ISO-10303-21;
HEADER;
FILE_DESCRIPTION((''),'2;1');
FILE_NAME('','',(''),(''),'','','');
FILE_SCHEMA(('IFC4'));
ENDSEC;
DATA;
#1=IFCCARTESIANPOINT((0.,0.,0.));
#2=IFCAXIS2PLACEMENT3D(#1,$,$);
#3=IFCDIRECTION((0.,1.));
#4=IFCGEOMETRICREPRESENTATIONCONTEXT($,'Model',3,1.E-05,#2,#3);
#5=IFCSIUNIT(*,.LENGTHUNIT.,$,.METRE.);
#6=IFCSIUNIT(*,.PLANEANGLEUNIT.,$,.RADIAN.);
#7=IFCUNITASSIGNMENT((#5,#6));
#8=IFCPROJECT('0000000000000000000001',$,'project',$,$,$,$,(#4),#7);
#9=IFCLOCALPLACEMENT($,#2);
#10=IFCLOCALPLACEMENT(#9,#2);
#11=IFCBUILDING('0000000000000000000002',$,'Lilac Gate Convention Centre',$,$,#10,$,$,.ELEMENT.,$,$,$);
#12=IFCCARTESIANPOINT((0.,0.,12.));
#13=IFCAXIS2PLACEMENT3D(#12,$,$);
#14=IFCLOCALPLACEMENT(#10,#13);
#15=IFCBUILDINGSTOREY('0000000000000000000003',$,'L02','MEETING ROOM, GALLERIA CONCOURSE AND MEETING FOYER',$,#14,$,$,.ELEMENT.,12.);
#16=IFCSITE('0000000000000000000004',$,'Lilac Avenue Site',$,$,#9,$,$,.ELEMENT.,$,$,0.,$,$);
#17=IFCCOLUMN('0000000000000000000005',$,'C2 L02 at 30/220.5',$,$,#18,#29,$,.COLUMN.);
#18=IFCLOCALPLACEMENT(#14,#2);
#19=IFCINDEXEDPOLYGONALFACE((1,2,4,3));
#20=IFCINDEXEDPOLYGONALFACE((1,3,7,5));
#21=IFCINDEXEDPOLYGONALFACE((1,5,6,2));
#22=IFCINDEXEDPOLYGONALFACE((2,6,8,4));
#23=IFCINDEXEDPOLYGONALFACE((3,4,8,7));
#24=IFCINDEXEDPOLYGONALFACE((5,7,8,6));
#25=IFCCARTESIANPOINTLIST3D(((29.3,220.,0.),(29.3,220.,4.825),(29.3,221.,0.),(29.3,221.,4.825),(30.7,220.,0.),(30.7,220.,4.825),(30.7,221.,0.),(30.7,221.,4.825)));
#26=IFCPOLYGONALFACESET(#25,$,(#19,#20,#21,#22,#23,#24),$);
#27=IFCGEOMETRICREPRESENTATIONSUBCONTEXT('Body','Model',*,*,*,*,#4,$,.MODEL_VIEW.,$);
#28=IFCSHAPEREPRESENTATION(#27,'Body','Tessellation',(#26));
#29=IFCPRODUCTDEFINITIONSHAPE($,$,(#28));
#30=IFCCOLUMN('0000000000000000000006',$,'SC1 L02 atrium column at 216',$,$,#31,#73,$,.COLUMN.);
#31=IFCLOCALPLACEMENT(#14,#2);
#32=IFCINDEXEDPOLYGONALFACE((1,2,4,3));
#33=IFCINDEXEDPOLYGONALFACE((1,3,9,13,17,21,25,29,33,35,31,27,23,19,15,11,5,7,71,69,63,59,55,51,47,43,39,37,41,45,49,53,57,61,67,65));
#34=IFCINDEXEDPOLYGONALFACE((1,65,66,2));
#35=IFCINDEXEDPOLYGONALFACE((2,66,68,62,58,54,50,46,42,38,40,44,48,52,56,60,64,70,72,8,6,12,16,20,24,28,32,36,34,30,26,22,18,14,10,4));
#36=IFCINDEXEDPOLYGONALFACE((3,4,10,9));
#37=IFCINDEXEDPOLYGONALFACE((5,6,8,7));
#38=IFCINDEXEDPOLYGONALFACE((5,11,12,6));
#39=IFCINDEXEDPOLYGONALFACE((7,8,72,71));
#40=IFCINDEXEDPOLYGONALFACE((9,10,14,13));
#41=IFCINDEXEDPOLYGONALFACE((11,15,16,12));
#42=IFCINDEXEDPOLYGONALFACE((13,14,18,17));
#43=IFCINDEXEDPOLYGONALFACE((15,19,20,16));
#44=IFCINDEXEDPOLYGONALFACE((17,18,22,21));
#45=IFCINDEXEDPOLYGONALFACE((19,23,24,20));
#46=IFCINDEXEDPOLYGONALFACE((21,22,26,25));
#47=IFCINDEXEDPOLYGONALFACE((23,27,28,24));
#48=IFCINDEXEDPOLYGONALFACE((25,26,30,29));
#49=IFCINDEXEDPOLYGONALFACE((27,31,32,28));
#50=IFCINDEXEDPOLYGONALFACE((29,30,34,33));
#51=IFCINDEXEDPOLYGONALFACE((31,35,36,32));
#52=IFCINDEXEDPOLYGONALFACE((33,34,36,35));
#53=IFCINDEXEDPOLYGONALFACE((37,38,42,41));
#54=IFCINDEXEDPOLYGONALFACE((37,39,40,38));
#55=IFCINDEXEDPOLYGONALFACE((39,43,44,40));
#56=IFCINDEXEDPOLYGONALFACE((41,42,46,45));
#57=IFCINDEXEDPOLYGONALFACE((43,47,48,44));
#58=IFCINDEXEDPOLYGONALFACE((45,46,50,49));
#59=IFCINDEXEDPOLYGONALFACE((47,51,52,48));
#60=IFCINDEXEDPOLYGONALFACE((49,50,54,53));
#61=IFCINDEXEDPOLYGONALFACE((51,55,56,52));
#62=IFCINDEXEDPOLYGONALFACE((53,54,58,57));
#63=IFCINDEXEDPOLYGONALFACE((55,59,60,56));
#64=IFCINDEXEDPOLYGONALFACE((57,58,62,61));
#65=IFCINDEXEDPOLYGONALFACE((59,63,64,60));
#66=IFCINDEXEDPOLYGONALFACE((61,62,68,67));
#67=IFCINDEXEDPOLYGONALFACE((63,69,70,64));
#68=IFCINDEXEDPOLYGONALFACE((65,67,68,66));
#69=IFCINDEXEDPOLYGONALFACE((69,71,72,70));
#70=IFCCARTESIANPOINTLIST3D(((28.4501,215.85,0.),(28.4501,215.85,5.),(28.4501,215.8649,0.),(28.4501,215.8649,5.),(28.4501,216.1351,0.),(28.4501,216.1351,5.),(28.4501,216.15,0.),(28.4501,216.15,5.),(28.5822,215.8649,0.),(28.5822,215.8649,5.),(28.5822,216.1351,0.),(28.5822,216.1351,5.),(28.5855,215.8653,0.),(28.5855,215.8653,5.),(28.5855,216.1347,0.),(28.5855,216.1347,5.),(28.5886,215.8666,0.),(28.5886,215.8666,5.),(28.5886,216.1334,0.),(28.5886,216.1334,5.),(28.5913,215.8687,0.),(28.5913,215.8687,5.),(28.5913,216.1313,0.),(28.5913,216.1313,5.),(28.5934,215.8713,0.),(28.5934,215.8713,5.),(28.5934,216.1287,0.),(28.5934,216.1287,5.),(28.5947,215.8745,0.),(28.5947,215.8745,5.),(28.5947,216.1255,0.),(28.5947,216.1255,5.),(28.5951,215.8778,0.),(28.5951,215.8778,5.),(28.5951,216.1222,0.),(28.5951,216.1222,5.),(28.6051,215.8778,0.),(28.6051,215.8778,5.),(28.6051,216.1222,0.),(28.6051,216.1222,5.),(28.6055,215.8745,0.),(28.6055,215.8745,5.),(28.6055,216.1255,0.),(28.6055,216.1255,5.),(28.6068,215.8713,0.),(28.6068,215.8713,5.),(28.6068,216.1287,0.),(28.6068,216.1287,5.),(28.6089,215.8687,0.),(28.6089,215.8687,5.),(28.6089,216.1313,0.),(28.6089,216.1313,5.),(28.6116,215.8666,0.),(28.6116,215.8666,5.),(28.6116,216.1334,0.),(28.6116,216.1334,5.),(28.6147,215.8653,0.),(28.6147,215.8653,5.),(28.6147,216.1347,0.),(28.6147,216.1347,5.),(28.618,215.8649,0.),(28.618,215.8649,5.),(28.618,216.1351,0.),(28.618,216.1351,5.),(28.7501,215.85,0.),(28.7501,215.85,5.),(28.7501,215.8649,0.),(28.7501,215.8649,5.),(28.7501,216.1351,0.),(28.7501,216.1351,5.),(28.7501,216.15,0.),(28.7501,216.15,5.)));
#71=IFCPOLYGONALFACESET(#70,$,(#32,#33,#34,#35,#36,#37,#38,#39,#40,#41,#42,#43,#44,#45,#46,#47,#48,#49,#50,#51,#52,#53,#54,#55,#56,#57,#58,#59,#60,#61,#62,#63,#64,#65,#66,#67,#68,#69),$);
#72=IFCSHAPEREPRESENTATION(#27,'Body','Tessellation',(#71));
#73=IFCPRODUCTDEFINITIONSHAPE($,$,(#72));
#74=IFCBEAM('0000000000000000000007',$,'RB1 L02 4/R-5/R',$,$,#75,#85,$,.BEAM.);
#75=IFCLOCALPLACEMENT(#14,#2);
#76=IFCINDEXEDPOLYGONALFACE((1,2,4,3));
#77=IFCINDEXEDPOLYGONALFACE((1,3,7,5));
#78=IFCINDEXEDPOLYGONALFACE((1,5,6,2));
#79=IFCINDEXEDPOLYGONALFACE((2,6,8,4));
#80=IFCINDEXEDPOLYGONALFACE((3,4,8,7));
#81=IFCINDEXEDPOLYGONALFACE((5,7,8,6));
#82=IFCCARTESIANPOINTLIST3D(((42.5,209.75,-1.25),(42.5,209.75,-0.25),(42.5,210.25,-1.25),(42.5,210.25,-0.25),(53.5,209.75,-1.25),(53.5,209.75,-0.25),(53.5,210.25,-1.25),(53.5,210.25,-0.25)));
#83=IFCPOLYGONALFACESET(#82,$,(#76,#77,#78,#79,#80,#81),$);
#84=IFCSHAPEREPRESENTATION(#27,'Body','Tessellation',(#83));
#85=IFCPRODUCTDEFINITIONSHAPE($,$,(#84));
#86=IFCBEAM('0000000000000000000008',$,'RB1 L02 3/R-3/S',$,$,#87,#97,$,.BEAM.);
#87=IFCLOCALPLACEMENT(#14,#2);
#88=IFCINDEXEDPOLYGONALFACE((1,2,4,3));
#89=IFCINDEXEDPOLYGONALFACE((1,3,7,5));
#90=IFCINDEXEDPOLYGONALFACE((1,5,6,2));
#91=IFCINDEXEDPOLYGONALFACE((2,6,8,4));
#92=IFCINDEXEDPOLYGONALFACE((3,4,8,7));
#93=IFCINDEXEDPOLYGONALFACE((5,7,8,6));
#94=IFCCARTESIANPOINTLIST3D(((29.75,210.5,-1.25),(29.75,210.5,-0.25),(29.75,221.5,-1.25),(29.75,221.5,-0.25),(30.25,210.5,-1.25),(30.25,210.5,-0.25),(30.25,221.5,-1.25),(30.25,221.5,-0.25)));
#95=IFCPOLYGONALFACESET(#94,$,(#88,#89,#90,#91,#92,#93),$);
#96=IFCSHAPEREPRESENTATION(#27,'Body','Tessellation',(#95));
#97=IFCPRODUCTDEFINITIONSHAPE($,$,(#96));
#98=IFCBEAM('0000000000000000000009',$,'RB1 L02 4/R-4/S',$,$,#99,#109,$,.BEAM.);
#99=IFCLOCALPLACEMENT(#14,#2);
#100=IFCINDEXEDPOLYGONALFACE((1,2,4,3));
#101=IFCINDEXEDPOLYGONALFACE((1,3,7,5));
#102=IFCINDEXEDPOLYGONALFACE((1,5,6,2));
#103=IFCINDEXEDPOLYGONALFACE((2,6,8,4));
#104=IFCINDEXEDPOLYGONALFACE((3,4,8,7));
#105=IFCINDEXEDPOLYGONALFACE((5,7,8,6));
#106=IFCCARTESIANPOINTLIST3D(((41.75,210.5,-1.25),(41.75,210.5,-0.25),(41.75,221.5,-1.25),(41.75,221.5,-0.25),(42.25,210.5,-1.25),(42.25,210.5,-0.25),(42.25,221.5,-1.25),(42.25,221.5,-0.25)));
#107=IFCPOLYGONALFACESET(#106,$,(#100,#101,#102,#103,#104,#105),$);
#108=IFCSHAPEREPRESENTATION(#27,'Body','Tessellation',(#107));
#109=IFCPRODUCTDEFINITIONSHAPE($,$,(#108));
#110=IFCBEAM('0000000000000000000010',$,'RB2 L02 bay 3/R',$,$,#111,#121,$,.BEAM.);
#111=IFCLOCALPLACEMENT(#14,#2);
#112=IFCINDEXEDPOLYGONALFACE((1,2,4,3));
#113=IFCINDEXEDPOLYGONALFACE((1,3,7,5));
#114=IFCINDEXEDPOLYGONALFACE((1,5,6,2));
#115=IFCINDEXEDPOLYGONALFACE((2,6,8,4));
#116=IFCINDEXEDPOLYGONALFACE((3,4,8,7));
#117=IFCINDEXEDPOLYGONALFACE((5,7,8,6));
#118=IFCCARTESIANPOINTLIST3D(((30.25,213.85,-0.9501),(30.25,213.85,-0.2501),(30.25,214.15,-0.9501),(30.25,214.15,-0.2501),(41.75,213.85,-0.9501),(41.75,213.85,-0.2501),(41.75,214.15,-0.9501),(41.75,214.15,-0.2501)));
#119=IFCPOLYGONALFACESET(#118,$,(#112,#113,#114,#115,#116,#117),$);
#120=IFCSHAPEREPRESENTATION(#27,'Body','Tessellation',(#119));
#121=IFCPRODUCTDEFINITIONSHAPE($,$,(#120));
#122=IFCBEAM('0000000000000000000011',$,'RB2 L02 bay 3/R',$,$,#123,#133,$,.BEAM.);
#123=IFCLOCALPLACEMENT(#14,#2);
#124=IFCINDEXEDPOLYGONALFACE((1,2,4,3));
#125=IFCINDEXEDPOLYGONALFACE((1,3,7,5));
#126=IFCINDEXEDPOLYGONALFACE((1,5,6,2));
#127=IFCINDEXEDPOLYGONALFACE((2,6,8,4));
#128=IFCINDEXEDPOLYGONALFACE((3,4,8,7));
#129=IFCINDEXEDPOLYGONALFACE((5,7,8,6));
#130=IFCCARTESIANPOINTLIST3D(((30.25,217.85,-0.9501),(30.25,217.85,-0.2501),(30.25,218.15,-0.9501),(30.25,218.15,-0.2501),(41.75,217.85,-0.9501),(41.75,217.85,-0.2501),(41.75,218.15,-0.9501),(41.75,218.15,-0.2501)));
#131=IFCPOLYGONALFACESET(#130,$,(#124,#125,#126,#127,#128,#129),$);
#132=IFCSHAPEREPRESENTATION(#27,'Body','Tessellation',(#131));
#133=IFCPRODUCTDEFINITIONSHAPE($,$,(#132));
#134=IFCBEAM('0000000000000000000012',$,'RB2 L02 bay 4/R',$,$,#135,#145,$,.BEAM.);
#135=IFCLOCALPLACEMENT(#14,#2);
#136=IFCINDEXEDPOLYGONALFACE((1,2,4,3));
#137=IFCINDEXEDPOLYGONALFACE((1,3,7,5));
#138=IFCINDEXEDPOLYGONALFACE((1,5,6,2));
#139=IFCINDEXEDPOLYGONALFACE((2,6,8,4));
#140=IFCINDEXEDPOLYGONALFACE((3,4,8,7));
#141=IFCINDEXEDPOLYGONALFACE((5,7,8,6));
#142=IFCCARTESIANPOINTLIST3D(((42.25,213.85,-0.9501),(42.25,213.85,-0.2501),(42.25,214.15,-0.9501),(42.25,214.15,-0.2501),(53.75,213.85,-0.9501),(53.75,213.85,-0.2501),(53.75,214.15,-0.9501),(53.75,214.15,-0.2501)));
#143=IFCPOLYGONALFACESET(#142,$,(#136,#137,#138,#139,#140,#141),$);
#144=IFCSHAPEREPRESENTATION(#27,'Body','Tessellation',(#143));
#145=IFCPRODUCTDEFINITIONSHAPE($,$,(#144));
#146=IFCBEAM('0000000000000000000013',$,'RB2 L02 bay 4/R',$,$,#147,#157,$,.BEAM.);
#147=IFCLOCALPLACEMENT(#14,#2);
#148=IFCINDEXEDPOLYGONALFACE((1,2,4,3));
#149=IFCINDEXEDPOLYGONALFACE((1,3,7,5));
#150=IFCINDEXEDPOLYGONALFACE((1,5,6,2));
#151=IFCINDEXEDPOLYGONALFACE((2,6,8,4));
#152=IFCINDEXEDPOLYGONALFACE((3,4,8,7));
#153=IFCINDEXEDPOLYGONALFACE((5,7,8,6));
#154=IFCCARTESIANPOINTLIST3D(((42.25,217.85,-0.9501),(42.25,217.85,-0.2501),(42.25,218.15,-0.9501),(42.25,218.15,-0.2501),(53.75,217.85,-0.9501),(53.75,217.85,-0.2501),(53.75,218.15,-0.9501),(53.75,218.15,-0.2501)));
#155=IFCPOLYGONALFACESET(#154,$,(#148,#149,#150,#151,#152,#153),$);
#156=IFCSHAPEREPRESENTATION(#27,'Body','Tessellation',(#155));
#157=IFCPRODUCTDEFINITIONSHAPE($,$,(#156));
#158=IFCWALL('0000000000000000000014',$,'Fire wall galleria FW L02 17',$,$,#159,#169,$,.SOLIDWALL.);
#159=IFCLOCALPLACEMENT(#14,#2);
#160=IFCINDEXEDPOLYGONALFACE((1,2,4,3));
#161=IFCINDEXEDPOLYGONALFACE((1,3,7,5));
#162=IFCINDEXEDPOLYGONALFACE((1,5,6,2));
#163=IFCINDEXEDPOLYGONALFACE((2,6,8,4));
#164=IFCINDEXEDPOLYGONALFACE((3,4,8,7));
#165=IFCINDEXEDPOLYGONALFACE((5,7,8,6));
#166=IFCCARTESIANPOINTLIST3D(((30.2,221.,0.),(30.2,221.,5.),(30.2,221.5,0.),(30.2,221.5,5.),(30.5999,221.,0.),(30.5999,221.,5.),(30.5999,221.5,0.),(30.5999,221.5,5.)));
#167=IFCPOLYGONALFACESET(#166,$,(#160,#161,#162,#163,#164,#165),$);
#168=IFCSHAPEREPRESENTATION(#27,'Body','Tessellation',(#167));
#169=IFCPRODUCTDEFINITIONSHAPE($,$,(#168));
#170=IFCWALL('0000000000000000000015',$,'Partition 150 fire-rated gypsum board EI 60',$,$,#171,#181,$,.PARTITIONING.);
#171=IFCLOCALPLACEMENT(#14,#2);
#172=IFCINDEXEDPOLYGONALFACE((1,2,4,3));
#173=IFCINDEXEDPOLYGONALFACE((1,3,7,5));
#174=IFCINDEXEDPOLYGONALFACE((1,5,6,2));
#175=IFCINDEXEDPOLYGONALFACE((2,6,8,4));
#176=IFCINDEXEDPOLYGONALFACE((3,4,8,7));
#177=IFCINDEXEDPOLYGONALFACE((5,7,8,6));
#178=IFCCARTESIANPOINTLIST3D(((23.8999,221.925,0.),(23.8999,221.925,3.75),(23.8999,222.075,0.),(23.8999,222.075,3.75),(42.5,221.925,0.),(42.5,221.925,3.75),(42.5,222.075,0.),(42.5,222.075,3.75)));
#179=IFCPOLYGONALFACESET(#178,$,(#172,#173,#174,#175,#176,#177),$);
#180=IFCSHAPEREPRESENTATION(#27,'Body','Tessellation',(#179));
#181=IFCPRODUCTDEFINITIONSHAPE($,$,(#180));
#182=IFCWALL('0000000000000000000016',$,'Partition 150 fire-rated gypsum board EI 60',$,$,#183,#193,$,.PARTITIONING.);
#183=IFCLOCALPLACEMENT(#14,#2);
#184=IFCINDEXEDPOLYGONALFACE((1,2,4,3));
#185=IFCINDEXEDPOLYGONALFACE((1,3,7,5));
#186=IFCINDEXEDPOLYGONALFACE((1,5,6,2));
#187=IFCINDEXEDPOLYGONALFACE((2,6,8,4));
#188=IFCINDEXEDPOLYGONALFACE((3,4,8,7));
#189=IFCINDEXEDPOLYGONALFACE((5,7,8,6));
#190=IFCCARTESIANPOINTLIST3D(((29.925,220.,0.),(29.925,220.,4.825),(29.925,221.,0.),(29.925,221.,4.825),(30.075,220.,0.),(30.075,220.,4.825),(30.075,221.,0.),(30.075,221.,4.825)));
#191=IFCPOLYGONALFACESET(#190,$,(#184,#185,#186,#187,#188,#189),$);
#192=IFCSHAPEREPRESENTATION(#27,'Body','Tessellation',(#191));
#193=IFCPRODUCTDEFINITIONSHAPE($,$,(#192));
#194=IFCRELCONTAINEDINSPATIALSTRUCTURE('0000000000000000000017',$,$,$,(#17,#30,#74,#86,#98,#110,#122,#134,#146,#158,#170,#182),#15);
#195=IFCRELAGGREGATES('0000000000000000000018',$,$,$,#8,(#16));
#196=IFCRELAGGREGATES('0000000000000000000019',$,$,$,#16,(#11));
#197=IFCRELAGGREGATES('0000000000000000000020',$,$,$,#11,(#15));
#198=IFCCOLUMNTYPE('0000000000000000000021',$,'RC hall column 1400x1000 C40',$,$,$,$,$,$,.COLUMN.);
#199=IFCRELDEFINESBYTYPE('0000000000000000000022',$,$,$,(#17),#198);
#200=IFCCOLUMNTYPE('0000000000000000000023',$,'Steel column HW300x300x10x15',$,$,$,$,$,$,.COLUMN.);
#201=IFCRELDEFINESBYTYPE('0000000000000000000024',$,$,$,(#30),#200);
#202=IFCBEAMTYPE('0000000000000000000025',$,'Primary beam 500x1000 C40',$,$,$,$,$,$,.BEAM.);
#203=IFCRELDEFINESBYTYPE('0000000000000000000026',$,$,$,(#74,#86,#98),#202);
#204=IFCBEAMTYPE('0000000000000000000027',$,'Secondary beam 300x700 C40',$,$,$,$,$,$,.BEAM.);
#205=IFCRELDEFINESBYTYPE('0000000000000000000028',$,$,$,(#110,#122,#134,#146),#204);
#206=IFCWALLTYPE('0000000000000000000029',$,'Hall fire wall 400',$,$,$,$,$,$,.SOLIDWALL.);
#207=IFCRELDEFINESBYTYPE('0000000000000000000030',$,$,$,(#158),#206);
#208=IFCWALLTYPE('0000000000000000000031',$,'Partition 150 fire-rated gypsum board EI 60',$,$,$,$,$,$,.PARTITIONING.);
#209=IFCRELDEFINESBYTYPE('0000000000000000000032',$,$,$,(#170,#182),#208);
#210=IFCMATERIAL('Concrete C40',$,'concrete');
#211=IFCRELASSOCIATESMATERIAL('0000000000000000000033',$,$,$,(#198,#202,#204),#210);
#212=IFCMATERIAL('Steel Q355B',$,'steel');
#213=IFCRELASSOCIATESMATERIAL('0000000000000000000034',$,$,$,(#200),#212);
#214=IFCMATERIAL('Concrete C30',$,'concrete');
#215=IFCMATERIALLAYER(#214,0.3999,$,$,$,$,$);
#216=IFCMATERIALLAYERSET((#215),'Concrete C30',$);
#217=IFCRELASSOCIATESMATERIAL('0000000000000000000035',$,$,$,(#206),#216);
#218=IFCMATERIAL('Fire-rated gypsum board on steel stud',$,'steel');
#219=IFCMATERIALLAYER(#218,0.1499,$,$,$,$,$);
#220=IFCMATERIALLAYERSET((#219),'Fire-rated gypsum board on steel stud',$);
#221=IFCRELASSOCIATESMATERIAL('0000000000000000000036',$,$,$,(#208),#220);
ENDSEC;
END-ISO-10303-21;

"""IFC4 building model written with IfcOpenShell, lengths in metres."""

from ifc_helpers import new_model, si_unit, direction, frame, frame_2d, origin, origin_2d, place, context, subcontext, project, spatial, rectangle, i_section, extrude, material, layer, layer_set, material_profile, profile_set, type_object, element, save


model = new_model("IFC4")

# Units and contexts
model_context = context("Model", 3, precision=1e-05, world=origin(), true_north=direction((0.0, 1.0)))
body_context = subcontext(model_context, "Body", "Model", "MODEL_VIEW")
ifc_project = project(units=[si_unit("LENGTHUNIT", "METRE"), si_unit("PLANEANGLEUNIT", "RADIAN")], contexts=[model_context])

# Site, building, storey
site_placement = place(None, origin())
site = spatial("IfcSite", under=ifc_project, at=site_placement, Name="Lilac Avenue Site", CompositionType="ELEMENT", RefElevation=0.0)
building_placement = place(site_placement, origin())
building = spatial("IfcBuilding", under=site, at=building_placement, Name="Lilac Gate Convention Centre", CompositionType="ELEMENT")
storey_placement = place(building_placement, frame((0.0, 0.0, 12.0)))
storey = spatial("IfcBuildingStorey", under=building, at=storey_placement, Name="L02", Description="MEETING ROOM, GALLERIA CONCOURSE AND MEETING FOYER", CompositionType="ELEMENT", Elevation=12.0)

# Columns
ifc_material_1 = material(Name="Concrete C40", Category="concrete")
ifc_material_profile_1 = material_profile(ifc_material_1, rectangle(XDim=1.3999, YDim=1.0, at=origin_2d()), Name="RC 1400x1000")
ifc_profile_set_1 = profile_set([ifc_material_profile_1], Name="Concrete C40")
column_type_1 = type_object("IfcColumnType", Name="RC hall column 1400x1000 C40", PredefinedType="COLUMN", material=ifc_profile_set_1)
column_1_placement = place(storey_placement, frame((30.0, 220.5, 0.0), z_axis=(0.0, 0.0, 1.0), x_axis=(1.0, 0.0, 0.0)))
element("IfcColumn", 1, at=column_1_placement, inside=storey, type_object=column_type_1, Name="C2 L02 at 30/220.5", PredefinedType="COLUMN", context=body_context, shape_type="SweptSolid", body=[
    extrude(rectangle(XDim=1.3999, YDim=1.0, at=origin_2d()), origin(), (0.0, 0.0, 1.0), 4.825),
])
ifc_material_2 = material(Name="Steel Q355B", Category="steel")
ifc_material_profile_2 = material_profile(ifc_material_2, i_section(OverallWidth=0.3, OverallDepth=0.3, WebThickness=0.01, FlangeThickness=0.0149, FilletRadius=0.0129, at=origin_2d()), Name="HW300x300x10x15")
ifc_profile_set_2 = profile_set([ifc_material_profile_2], Name="Steel Q355B")
column_type_2 = type_object("IfcColumnType", Name="Steel column HW300x300x10x15", PredefinedType="COLUMN", material=ifc_profile_set_2)
column_2_placement = place(storey_placement, frame((28.6001, 216.0, 0.0), z_axis=(0.0, 0.0, 1.0), x_axis=(1.0, 0.0, 0.0)))
element("IfcColumn", 2, at=column_2_placement, inside=storey, type_object=column_type_2, Name="SC1 L02 atrium column at 216", PredefinedType="COLUMN", context=body_context, shape_type="SweptSolid", body=[
    extrude(i_section(OverallWidth=0.3, OverallDepth=0.3, WebThickness=0.01, FlangeThickness=0.0149, FilletRadius=0.0129, at=origin_2d()), origin(), (0.0, 0.0, 1.0), 5.0),
])

# Beams
ifc_material_profile_3 = material_profile(ifc_material_1, rectangle(XDim=0.5, YDim=1.0, at=origin_2d()), Name="RC 500x1000")
ifc_profile_set_3 = profile_set([ifc_material_profile_3], Name="Concrete C40")
beam_type_1 = type_object("IfcBeamType", Name="Primary beam 500x1000 C40", PredefinedType="BEAM", material=ifc_profile_set_3)
for number, where, z_axis, x_axis, name in (
    (3, (42.5, 210.0, -0.75), (1.0, 0.0, 0.0), (0.0, 1.0, 0.0), "RB1 L02 4/R-5/R"),
    (4, (30.0, 210.5, -0.75), (0.0, 1.0, 0.0), (-1.0, 0.0, 0.0), "RB1 L02 3/R-3/S"),
    (5, (42.0, 210.5, -0.75), (0.0, 1.0, 0.0), (-1.0, 0.0, 0.0), "RB1 L02 4/R-4/S"),
):
    element("IfcBeam", number, at=place(storey_placement, frame(where, z_axis=z_axis, x_axis=x_axis)), inside=storey, type_object=beam_type_1, Name=name, PredefinedType="BEAM", context=body_context, shape_type="SweptSolid", body=[
        extrude(rectangle(XDim=0.5, YDim=1.0, at=origin_2d()), origin(), (0.0, 0.0, 1.0), 11.0),
    ])
ifc_material_profile_4 = material_profile(ifc_material_1, rectangle(XDim=0.3, YDim=0.7, at=origin_2d()), Name="RC 300x700")
ifc_profile_set_4 = profile_set([ifc_material_profile_4], Name="Concrete C40")
beam_type_2 = type_object("IfcBeamType", Name="Secondary beam 300x700 C40", PredefinedType="BEAM", material=ifc_profile_set_4)
for number, where, z_axis, x_axis, name in (
    (6, (30.25, 214.0, -0.6001), (1.0, 0.0, 0.0), (0.0, 1.0, 0.0), "RB2 L02 bay 3/R"),
    (7, (30.25, 218.0, -0.6001), (1.0, 0.0, 0.0), (0.0, 1.0, 0.0), "RB2 L02 bay 3/R"),
    (8, (42.25, 214.0, -0.6001), (1.0, 0.0, 0.0), (0.0, 1.0, 0.0), "RB2 L02 bay 4/R"),
    (9, (42.25, 218.0, -0.6001), (1.0, 0.0, 0.0), (0.0, 1.0, 0.0), "RB2 L02 bay 4/R"),
):
    element("IfcBeam", number, at=place(storey_placement, frame(where, z_axis=z_axis, x_axis=x_axis)), inside=storey, type_object=beam_type_2, Name=name, PredefinedType="BEAM", context=body_context, shape_type="SweptSolid", body=[
        extrude(rectangle(XDim=0.3, YDim=0.7, at=origin_2d()), origin(), (0.0, 0.0, 1.0), 11.5),
    ])

# Shared definitions
ifc_material_3 = material(Name="Concrete C30", Category="concrete")
ifc_layer_1 = layer(ifc_material_3, 0.3999)
ifc_layer_set_1 = layer_set([ifc_layer_1], Name="Concrete C30")
wall_type_1 = type_object("IfcWallType", Name="Hall fire wall 400", PredefinedType="SOLIDWALL", material=ifc_layer_set_1)

# Walls
wall_1_placement = place(storey_placement, frame((30.3999, 221.0, 0.0), z_axis=(0.0, 0.0, 1.0), x_axis=(0.0, 1.0, 0.0)))
element("IfcWall", 10, at=wall_1_placement, inside=storey, type_object=wall_type_1, Name="Fire wall galleria FW L02 17", PredefinedType="SOLIDWALL", context=body_context, shape_type="SweptSolid", body=[
    extrude(rectangle(XDim=0.5, YDim=0.3999, at=frame_2d((0.25, 0.0))), origin(), (0.0, 0.0, 1.0), 5.0),
])
ifc_material_4 = material(Name="Fire-rated gypsum board on steel stud", Category="steel")
ifc_layer_2 = layer(ifc_material_4, 0.1499)
ifc_layer_set_2 = layer_set([ifc_layer_2], Name="Fire-rated gypsum board on steel stud")
wall_type_2 = type_object("IfcWallType", Name="Partition 150 fire-rated gypsum board EI 60", PredefinedType="PARTITIONING", material=ifc_layer_set_2)
wall_2_placement = place(storey_placement, frame((23.8999, 222.0, 0.0), z_axis=(0.0, 0.0, 1.0), x_axis=(1.0, 0.0, 0.0)))
element("IfcWall", 11, at=wall_2_placement, inside=storey, type_object=wall_type_2, Name="Partition 150 fire-rated gypsum board EI 60", PredefinedType="PARTITIONING", context=body_context, shape_type="SweptSolid", body=[
    extrude(rectangle(XDim=18.6001, YDim=0.1499, at=frame_2d((9.3, 0.0))), origin(), (0.0, 0.0, 1.0), 3.75),
])
wall_3_placement = place(storey_placement, frame((30.0, 220.0, 0.0), z_axis=(0.0, 0.0, 1.0), x_axis=(0.0, 1.0, 0.0)))
element("IfcWall", 12, at=wall_3_placement, inside=storey, type_object=wall_type_2, Name="Partition 150 fire-rated gypsum board EI 60", PredefinedType="PARTITIONING", context=body_context, shape_type="SweptSolid", body=[
    extrude(rectangle(XDim=1.0, YDim=0.1499, at=frame_2d((0.5, 0.0))), origin(), (0.0, 0.0, 1.0), 4.825),
])

save(model, "model.ifc")
